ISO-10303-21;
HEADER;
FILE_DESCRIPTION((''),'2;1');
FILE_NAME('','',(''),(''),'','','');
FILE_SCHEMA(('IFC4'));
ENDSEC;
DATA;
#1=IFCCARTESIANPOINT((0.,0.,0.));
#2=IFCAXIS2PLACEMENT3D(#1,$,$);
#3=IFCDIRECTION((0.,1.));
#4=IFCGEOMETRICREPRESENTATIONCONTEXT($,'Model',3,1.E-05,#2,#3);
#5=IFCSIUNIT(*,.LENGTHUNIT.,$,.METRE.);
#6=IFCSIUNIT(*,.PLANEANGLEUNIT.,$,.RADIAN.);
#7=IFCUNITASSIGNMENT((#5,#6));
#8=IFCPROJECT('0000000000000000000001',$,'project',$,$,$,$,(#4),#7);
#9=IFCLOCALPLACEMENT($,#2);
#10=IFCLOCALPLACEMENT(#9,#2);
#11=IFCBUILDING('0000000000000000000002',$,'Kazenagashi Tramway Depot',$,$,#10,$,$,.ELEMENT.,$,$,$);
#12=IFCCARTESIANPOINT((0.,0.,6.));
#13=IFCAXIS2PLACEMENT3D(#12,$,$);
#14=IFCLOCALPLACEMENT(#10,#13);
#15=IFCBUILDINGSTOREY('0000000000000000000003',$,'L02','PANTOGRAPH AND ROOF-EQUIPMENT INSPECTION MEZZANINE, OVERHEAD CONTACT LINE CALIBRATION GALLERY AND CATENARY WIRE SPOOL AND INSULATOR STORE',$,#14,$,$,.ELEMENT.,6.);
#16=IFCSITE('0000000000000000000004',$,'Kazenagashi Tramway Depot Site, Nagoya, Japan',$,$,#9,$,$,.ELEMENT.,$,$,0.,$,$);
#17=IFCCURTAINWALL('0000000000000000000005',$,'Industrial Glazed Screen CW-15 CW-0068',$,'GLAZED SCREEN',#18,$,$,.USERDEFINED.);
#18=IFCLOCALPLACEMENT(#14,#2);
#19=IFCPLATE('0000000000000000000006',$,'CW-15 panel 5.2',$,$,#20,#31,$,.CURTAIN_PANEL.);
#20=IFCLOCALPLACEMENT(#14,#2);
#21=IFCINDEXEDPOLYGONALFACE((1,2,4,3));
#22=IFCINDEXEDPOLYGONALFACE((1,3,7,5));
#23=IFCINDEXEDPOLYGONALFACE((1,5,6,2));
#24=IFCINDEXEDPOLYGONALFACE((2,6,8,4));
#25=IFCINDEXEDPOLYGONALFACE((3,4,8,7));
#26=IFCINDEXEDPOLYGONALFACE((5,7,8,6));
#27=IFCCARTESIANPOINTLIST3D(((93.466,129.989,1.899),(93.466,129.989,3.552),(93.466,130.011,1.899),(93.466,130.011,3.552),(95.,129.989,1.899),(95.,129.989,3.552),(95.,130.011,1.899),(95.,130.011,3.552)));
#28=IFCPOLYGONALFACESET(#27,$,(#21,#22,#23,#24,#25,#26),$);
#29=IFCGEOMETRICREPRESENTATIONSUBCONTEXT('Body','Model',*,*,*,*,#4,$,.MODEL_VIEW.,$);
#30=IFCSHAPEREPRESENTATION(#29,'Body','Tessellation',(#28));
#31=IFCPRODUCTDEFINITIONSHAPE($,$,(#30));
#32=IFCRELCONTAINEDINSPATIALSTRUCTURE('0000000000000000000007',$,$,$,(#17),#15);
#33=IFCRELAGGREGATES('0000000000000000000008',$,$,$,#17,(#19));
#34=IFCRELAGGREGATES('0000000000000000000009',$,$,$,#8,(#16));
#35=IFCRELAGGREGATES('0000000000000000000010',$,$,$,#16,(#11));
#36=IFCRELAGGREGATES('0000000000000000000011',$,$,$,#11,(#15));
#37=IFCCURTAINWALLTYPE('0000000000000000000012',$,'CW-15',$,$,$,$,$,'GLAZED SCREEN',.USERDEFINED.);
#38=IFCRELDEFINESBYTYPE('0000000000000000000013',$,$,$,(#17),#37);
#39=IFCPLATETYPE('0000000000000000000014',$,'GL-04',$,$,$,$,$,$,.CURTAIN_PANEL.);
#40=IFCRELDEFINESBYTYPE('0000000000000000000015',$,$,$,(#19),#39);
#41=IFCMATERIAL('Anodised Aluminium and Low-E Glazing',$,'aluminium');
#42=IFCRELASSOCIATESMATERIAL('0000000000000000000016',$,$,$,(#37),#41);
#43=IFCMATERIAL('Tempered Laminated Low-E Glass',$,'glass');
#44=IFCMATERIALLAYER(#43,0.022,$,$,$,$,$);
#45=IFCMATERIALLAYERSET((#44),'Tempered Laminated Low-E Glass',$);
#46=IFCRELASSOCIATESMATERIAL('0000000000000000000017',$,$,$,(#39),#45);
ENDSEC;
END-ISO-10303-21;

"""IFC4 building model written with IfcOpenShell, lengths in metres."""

from ifc_helpers import new_model, si_unit, direction, frame, origin, origin_2d, place, context, subcontext, project, spatial, rectangle, extrude, material, layer, layer_set, type_object, element, aggregate, save


model = new_model("IFC4")

# Units and contexts
model_context = context("Model", 3, precision=1e-05, world=origin(), true_north=direction((0.0, 1.0)))
body_context = subcontext(model_context, "Body", "Model", "MODEL_VIEW")
ifc_project = project(units=[si_unit("LENGTHUNIT", "METRE"), si_unit("PLANEANGLEUNIT", "RADIAN")], contexts=[model_context])

# Site, building, storey
site_placement = place(None, origin())
site = spatial("IfcSite", under=ifc_project, at=site_placement, Name="Kazenagashi Tramway Depot Site, Nagoya, Japan", CompositionType="ELEMENT", RefElevation=0.0)
building_placement = place(site_placement, origin())
building = spatial("IfcBuilding", under=site, at=building_placement, Name="Kazenagashi Tramway Depot", CompositionType="ELEMENT")
storey_placement = place(building_placement, frame((0.0, 0.0, 6.0)))
storey = spatial("IfcBuildingStorey", under=building, at=storey_placement, Name="L02", Description="PANTOGRAPH AND ROOF-EQUIPMENT INSPECTION MEZZANINE, OVERHEAD CONTACT LINE CALIBRATION GALLERY AND CATENARY WIRE SPOOL AND INSULATOR STORE", CompositionType="ELEMENT", Elevation=6.0)

# Shared definitions
ifc_material_1 = material(Name="Anodised Aluminium and Low-E Glazing", Category="aluminium")
curtain_wall_type = type_object("IfcCurtainWallType", Name="CW-15", ElementType="GLAZED SCREEN", PredefinedType="USERDEFINED", material=ifc_material_1)

# Curtain wall
curtain_wall_1_placement = place(storey_placement, origin())
curtain_wall_1 = element("IfcCurtainWall", 1, at=curtain_wall_1_placement, inside=storey, type_object=curtain_wall_type, Name="Industrial Glazed Screen CW-15 CW-0068", ObjectType="GLAZED SCREEN", PredefinedType="USERDEFINED")

# Plate
ifc_material_2 = material(Name="Tempered Laminated Low-E Glass", Category="glass")
ifc_layer = layer(ifc_material_2, 0.022)
ifc_layer_set = layer_set([ifc_layer], Name="Tempered Laminated Low-E Glass")
plate_type = type_object("IfcPlateType", Name="GL-04", PredefinedType="CURTAIN_PANEL", material=ifc_layer_set)
plate_1_placement = place(storey_placement, frame((94.233, 130.0, 1.899), z_axis=(0.0, 0.0, 1.0), x_axis=(1.0, 0.0, 0.0)))
plate_1 = element("IfcPlate", 2, at=plate_1_placement, type_object=plate_type, Name="CW-15 panel 5.2", PredefinedType="CURTAIN_PANEL", context=body_context, shape_type="SweptSolid", body=[
    extrude(rectangle(XDim=1.534, YDim=0.022, at=origin_2d()), origin(), (0.0, 0.0, 1.0), 1.653),
])
aggregate(curtain_wall_1, [plate_1])

save(model, "model.ifc")
